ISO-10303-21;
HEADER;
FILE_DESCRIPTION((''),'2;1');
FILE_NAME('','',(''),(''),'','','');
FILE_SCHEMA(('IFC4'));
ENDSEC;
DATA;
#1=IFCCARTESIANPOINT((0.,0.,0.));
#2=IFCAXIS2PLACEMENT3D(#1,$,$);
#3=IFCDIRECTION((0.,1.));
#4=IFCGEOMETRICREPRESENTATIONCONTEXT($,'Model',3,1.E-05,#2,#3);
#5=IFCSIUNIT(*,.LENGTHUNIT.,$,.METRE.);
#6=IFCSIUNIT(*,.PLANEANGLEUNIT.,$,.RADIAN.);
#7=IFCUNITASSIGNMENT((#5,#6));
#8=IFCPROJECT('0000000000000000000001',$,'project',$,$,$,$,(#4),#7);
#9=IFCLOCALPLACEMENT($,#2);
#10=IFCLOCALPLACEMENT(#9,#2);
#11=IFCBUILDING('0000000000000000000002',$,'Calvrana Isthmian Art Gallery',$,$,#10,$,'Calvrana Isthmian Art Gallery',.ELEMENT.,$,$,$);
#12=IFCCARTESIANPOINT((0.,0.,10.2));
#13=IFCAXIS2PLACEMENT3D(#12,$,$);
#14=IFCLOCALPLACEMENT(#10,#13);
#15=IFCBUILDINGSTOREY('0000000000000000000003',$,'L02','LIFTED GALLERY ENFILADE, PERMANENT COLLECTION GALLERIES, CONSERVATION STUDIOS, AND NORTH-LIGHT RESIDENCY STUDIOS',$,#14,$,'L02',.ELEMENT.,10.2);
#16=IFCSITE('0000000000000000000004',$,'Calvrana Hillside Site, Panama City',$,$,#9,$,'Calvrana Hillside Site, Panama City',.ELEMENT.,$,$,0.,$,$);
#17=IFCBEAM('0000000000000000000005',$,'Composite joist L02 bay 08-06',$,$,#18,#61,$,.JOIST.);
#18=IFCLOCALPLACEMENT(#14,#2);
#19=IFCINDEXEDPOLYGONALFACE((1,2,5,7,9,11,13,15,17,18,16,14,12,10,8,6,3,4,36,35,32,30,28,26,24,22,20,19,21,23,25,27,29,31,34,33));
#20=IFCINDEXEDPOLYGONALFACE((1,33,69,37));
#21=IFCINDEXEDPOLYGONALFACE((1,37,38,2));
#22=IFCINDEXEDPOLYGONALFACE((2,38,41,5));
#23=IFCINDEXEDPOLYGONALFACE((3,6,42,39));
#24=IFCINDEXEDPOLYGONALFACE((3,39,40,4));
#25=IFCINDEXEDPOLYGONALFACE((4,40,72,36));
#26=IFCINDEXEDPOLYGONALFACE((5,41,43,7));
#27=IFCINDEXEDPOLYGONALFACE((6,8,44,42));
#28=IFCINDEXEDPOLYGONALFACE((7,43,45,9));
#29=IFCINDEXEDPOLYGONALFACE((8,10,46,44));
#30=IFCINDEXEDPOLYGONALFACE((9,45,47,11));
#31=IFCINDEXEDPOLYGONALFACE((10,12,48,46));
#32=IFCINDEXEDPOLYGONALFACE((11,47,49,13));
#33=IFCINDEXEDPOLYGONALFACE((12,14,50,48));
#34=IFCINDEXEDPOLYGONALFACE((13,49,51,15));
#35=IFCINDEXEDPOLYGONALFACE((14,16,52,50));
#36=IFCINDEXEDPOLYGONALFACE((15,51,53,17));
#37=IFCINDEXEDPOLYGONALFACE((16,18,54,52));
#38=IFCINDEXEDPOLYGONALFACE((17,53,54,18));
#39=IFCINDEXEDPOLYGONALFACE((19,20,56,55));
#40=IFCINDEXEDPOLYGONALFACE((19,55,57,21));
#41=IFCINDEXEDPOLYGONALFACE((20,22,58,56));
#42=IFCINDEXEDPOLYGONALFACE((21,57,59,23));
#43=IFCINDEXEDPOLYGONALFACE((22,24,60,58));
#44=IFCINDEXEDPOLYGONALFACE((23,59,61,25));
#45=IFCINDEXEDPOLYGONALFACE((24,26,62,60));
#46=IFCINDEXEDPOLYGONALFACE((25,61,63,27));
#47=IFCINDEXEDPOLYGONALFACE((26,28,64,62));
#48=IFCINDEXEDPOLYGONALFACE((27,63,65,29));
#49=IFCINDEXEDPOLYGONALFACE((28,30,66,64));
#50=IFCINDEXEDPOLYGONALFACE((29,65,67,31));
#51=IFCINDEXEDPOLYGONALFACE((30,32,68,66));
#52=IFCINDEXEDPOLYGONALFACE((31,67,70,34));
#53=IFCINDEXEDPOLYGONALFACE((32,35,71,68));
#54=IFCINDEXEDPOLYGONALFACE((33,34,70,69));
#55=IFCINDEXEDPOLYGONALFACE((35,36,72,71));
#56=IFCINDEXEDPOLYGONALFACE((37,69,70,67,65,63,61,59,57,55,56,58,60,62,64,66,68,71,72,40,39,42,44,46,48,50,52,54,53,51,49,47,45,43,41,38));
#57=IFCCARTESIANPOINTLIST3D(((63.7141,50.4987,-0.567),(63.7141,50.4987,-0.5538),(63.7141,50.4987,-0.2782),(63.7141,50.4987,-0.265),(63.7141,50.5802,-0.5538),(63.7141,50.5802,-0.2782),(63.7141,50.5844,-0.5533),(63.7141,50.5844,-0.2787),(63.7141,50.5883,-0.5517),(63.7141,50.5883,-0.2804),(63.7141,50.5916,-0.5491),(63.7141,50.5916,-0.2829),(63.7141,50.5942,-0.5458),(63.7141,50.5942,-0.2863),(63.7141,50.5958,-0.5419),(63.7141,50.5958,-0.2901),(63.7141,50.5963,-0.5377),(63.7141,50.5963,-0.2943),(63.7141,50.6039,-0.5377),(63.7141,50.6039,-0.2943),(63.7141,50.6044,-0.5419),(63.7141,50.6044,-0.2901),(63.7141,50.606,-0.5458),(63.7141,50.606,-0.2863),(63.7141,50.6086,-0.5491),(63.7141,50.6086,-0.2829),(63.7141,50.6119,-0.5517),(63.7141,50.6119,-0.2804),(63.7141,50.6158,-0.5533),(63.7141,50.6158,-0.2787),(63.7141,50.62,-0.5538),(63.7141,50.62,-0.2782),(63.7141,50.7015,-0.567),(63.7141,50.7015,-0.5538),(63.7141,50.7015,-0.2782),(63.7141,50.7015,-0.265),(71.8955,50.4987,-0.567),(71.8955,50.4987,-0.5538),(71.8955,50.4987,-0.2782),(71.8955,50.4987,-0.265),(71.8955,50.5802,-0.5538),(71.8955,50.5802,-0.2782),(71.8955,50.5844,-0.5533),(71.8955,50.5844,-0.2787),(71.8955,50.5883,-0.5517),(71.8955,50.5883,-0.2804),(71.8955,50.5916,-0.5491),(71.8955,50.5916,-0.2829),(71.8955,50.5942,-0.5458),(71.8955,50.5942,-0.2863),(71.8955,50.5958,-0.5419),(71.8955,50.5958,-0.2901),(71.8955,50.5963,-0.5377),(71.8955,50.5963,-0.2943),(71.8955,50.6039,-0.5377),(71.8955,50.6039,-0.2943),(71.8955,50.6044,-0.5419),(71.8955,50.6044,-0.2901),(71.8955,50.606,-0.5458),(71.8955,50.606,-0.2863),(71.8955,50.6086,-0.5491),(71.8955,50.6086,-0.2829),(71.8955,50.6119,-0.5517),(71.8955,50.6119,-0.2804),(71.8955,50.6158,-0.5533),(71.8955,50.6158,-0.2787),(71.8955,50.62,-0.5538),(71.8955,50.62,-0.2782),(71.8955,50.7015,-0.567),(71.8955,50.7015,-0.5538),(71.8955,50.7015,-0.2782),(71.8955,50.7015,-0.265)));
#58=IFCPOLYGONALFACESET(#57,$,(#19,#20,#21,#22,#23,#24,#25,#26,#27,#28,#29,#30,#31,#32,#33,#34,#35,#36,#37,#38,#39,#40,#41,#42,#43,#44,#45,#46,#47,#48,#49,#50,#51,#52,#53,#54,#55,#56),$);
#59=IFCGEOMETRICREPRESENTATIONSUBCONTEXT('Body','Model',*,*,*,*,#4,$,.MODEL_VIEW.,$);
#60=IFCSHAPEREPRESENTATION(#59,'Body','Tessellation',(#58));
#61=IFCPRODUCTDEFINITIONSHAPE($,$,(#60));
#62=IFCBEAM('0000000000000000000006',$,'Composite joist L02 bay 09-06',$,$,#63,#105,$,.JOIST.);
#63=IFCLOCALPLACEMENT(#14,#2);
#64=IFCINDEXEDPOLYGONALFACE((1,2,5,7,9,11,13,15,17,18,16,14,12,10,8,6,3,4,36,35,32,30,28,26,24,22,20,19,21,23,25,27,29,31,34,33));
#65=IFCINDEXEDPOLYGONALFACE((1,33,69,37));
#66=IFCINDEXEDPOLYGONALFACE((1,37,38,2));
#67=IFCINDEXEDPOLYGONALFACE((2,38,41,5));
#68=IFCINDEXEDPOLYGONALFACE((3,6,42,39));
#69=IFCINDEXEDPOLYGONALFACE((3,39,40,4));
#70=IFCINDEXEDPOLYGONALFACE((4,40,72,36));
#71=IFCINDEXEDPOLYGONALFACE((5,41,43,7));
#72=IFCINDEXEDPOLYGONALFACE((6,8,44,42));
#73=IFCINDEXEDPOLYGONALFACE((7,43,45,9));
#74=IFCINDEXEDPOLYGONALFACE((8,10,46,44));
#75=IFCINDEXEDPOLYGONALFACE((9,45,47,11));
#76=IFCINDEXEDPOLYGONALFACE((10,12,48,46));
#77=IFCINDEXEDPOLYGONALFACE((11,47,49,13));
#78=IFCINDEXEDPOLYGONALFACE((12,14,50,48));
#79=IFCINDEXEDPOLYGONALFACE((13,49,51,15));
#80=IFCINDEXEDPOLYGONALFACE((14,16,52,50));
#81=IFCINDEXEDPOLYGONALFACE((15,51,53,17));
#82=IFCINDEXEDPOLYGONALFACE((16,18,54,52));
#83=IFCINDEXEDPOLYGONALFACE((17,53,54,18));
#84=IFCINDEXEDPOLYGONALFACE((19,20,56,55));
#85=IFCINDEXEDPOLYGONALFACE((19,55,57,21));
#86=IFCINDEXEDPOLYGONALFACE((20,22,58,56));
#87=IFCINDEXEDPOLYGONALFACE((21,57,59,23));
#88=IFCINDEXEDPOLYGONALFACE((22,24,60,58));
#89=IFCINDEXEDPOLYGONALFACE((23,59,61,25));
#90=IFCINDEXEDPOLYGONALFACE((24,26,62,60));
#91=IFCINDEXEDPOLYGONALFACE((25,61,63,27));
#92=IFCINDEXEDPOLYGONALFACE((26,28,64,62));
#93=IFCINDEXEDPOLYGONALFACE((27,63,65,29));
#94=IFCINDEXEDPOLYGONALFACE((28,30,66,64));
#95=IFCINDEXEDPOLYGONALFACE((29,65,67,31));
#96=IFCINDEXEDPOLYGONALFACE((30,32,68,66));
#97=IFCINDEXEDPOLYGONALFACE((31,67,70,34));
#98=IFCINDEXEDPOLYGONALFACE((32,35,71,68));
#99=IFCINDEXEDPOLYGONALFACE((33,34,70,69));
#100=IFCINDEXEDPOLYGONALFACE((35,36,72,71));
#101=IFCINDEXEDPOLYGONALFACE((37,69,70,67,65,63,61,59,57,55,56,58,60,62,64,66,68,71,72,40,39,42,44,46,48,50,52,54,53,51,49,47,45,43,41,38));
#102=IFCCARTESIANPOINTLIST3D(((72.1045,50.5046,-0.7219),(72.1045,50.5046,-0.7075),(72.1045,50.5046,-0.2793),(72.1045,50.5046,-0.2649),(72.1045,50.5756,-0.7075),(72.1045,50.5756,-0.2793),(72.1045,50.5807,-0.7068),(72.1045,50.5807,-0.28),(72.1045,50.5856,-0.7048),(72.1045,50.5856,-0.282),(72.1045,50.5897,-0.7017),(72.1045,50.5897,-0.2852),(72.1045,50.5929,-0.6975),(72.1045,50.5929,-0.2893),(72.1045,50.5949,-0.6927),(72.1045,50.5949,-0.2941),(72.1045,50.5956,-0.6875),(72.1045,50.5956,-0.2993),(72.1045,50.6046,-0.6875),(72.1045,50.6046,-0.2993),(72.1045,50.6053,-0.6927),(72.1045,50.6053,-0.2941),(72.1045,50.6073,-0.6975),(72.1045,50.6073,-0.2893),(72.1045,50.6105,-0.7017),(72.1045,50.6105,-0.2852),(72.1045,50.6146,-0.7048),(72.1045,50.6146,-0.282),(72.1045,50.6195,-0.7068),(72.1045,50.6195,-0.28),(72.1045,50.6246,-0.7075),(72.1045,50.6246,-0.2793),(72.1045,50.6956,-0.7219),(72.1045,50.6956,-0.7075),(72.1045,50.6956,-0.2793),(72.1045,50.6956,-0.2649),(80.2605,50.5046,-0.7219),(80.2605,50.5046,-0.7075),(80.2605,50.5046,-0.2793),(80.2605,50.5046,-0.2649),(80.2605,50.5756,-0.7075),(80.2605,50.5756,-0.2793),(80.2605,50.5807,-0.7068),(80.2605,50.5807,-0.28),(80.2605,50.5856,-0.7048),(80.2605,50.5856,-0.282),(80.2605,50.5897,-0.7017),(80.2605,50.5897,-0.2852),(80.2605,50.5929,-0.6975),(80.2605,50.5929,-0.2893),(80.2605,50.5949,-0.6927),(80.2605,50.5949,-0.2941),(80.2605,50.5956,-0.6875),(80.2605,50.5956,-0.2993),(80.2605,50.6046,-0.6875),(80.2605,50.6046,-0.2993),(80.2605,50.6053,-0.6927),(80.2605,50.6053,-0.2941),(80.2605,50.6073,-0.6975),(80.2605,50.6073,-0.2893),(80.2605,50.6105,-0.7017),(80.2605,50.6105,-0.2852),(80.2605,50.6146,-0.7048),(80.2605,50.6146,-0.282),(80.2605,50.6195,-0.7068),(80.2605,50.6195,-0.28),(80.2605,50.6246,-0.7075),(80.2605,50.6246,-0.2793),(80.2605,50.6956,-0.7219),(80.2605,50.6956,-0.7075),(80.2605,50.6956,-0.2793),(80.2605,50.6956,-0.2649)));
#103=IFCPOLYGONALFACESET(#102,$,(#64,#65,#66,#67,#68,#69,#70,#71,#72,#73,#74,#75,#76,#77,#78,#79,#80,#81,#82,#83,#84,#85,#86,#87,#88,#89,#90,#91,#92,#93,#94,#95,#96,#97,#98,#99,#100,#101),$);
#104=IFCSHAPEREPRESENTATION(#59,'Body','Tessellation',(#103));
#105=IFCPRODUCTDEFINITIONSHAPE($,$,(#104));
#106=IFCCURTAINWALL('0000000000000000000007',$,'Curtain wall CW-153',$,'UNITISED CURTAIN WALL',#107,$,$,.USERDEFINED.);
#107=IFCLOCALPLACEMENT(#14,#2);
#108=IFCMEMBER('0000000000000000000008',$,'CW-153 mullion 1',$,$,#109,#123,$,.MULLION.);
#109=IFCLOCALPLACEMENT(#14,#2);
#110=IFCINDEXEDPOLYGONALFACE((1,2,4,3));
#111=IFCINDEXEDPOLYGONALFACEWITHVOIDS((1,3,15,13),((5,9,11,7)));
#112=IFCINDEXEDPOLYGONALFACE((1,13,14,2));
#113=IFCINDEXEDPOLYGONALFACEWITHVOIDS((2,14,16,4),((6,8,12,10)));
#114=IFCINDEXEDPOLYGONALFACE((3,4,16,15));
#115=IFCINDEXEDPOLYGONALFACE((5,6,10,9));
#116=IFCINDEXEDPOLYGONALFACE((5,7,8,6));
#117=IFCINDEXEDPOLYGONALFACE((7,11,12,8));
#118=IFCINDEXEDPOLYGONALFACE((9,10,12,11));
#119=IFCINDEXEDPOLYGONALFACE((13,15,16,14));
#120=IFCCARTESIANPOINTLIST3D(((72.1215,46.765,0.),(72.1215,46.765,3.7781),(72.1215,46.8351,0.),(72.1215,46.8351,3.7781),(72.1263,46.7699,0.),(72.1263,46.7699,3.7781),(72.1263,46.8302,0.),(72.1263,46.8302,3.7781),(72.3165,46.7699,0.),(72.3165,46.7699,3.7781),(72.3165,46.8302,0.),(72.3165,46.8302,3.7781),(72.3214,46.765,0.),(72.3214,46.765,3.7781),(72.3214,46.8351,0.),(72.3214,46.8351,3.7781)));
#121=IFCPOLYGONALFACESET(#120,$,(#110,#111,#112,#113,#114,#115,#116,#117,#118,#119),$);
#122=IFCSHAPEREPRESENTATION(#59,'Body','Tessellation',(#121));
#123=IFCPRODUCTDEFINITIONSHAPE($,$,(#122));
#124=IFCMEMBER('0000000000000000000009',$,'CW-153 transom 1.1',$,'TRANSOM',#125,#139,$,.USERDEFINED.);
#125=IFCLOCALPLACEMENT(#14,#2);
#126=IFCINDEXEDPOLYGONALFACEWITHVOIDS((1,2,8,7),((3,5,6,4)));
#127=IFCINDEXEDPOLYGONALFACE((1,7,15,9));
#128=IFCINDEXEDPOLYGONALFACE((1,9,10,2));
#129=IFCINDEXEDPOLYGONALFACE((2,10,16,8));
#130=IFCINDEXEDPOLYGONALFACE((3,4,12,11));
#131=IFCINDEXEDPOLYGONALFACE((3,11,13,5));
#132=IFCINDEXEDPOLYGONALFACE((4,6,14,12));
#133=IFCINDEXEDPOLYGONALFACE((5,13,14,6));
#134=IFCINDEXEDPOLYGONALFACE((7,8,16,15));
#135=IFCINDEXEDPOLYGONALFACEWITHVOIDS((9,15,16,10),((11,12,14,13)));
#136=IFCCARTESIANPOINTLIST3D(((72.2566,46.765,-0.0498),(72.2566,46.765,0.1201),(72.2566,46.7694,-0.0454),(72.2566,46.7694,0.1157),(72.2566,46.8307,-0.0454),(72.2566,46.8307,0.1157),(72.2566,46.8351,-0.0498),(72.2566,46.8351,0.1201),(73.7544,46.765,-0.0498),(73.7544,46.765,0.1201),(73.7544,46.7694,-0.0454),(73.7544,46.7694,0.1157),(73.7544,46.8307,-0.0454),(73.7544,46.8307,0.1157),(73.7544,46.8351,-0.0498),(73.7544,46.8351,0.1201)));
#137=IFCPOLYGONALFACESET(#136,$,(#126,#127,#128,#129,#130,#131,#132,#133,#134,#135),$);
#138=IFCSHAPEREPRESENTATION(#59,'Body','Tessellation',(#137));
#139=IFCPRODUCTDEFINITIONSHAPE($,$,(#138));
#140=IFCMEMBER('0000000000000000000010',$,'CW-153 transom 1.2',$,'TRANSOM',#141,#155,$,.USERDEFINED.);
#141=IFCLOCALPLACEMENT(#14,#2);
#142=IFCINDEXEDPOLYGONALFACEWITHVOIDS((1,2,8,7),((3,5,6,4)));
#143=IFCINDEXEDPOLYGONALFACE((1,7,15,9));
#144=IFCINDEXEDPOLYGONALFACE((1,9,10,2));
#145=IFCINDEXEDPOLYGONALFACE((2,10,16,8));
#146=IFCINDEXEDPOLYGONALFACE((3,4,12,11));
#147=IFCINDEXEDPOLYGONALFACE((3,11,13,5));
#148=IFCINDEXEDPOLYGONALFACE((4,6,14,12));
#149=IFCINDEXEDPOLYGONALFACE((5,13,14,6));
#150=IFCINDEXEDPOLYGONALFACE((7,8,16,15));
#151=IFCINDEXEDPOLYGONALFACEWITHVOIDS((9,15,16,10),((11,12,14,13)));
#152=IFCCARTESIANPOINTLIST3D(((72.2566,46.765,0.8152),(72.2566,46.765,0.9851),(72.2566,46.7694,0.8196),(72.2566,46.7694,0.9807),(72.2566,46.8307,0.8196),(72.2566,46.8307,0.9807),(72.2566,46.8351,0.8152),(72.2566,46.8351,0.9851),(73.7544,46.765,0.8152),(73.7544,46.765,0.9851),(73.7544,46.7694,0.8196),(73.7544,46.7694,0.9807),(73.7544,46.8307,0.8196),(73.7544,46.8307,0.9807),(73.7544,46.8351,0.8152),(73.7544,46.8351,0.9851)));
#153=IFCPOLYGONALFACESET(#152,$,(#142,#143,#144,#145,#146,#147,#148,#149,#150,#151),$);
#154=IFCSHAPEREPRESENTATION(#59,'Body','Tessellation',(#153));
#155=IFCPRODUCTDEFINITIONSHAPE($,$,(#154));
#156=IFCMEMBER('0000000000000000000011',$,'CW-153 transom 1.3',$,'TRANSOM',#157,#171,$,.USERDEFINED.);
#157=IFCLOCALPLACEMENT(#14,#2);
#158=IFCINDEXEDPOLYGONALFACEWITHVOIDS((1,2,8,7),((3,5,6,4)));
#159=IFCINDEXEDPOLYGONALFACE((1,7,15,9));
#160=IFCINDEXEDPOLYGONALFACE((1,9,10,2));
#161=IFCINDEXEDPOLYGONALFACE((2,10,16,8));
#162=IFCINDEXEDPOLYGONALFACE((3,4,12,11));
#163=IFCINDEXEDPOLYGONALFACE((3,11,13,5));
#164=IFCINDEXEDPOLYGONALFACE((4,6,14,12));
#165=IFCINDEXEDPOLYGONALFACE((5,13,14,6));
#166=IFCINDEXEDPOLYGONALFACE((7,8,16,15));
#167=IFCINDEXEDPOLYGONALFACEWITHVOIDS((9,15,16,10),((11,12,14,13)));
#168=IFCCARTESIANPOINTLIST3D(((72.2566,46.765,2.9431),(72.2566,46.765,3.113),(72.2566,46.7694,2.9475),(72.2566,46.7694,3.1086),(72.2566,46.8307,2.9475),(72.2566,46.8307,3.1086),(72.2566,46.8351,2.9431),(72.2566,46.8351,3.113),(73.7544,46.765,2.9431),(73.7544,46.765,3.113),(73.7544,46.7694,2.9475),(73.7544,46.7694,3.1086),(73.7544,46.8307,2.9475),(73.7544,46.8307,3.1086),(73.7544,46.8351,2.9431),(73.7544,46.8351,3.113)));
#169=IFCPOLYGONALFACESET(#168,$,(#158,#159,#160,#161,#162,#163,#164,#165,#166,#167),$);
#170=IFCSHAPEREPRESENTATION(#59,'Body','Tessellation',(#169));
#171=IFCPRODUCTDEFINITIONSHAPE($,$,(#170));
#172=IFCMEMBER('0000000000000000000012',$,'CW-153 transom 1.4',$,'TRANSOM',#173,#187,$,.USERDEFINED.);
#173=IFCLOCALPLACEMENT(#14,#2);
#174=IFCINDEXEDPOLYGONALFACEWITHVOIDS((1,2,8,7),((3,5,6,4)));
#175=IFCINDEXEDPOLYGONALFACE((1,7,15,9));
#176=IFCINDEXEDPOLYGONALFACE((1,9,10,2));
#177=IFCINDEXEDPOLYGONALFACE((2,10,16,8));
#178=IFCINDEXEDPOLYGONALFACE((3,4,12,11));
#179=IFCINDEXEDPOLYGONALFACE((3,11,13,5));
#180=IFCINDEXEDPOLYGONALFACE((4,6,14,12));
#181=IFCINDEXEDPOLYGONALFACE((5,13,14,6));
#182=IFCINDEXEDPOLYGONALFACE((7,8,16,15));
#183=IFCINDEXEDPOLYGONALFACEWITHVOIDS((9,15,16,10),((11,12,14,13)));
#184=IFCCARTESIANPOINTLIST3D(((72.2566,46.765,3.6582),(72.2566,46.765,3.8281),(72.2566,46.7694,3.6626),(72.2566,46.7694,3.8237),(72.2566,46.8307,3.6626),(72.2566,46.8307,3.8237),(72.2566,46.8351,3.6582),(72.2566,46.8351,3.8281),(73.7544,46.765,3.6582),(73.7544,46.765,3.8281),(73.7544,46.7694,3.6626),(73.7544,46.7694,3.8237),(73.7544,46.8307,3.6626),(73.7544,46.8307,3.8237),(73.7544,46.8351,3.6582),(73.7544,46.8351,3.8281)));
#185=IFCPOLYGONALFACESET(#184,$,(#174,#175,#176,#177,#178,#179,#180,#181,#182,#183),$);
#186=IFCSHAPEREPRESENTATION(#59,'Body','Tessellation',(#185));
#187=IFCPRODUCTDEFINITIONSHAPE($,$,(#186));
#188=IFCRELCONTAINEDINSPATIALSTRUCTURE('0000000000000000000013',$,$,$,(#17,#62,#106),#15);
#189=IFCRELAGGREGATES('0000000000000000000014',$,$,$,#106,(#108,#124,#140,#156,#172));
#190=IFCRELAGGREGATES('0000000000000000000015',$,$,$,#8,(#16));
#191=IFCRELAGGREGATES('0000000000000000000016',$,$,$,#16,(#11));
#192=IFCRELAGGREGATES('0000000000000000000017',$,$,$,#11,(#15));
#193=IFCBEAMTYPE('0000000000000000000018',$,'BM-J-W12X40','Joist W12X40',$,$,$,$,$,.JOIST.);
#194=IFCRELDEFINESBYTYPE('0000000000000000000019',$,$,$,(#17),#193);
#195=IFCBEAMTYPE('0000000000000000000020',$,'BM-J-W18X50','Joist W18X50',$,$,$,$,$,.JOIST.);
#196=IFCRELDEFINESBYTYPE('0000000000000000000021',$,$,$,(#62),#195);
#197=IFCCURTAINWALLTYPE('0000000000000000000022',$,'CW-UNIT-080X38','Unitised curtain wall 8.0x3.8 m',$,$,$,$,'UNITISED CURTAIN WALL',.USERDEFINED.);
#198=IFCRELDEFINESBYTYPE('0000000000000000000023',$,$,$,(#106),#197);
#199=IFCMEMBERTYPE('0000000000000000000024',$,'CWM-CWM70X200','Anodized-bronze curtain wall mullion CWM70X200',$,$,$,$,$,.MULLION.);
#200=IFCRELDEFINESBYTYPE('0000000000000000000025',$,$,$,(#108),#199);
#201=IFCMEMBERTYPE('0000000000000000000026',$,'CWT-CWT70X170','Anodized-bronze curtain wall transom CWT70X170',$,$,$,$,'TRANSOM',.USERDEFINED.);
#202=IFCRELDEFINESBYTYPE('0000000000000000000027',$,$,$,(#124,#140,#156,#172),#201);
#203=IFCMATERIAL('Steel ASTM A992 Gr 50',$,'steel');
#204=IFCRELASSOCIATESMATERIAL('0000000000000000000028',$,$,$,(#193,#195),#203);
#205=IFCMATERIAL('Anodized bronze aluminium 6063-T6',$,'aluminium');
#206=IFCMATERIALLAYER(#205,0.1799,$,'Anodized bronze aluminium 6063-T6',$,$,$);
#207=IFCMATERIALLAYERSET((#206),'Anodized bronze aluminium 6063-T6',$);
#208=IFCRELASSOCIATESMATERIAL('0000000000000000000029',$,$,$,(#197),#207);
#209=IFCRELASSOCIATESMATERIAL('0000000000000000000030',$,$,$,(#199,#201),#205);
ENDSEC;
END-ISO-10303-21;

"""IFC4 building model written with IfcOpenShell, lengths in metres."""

from ifc_helpers import new_model, si_unit, direction, frame, origin, origin_2d, place, context, subcontext, project, spatial, hollow_rectangle, i_section, extrude, material, layer, layer_set, material_profile, profile_set, type_object, element, aggregate, save


model = new_model("IFC4")

# Units and contexts
model_context = context("Model", 3, precision=1e-05, world=origin(), true_north=direction((0.0, 1.0)))
body_context = subcontext(model_context, "Body", "Model", "MODEL_VIEW")
ifc_project = project(units=[si_unit("LENGTHUNIT", "METRE"), si_unit("PLANEANGLEUNIT", "RADIAN")], contexts=[model_context])

# Site, building, storey
site_placement = place(None, origin())
site = spatial("IfcSite", under=ifc_project, at=site_placement, Name="Calvrana Hillside Site, Panama City", LongName="Calvrana Hillside Site, Panama City", CompositionType="ELEMENT", RefElevation=0.0)
building_placement = place(site_placement, origin())
building = spatial("IfcBuilding", under=site, at=building_placement, Name="Calvrana Isthmian Art Gallery", LongName="Calvrana Isthmian Art Gallery", CompositionType="ELEMENT")
storey_placement = place(building_placement, frame((0.0, 0.0, 10.2)))
storey = spatial("IfcBuildingStorey", under=building, at=storey_placement, Name="L02", Description="LIFTED GALLERY ENFILADE, PERMANENT COLLECTION GALLERIES, CONSERVATION STUDIOS, AND NORTH-LIGHT RESIDENCY STUDIOS", LongName="L02", CompositionType="ELEMENT", Elevation=10.2)

# Shared definitions
ifc_material_1 = material(Name="Steel ASTM A992 Gr 50", Category="steel")

# Beams
ifc_material_profile_1 = material_profile(ifc_material_1, i_section(OverallWidth=0.2029, OverallDepth=0.302, WebThickness=0.0076, FlangeThickness=0.0132, FilletRadius=0.0161, at=origin_2d()), Name="W12X40")
ifc_profile_set_1 = profile_set([ifc_material_profile_1], Name="Steel ASTM A992 Gr 50")
beam_type_1 = type_object("IfcBeamType", Name="BM-J-W12X40", Description="Joist W12X40", PredefinedType="JOIST", material=ifc_profile_set_1)
beam_1_placement = place(storey_placement, frame((63.7141, 50.6001, -0.416), z_axis=(1.0, 0.0, 0.0), x_axis=(0.0, 1.0, 0.0)))
element("IfcBeam", 1, at=beam_1_placement, inside=storey, type_object=beam_type_1, Name="Composite joist L02 bay 08-06", PredefinedType="JOIST", context=body_context, shape_type="SweptSolid", body=[
    extrude(i_section(OverallWidth=0.2029, OverallDepth=0.302, WebThickness=0.0076, FlangeThickness=0.0132, FilletRadius=0.0161, at=origin_2d()), origin(), (0.0, 0.0, 1.0), 8.1814),
])
ifc_material_profile_2 = material_profile(ifc_material_1, i_section(OverallWidth=0.1909, OverallDepth=0.457, WebThickness=0.009, FlangeThickness=0.0144, FilletRadius=0.02, at=origin_2d()), Name="W18X50")
ifc_profile_set_2 = profile_set([ifc_material_profile_2], Name="Steel ASTM A992 Gr 50")
beam_type_2 = type_object("IfcBeamType", Name="BM-J-W18X50", Description="Joist W18X50", PredefinedType="JOIST", material=ifc_profile_set_2)
beam_2_placement = place(storey_placement, frame((72.1045, 50.6001, -0.4934), z_axis=(1.0, 0.0, 0.0), x_axis=(0.0, 1.0, 0.0)))
element("IfcBeam", 2, at=beam_2_placement, inside=storey, type_object=beam_type_2, Name="Composite joist L02 bay 09-06", PredefinedType="JOIST", context=body_context, shape_type="SweptSolid", body=[
    extrude(i_section(OverallWidth=0.1909, OverallDepth=0.457, WebThickness=0.009, FlangeThickness=0.0144, FilletRadius=0.02, at=origin_2d()), origin(), (0.0, 0.0, 1.0), 8.156),
])

# Curtain wall, members
ifc_material_2 = material(Name="Anodized bronze aluminium 6063-T6", Category="aluminium")
ifc_layer_1 = layer(ifc_material_2, 0.1799, Name="Anodized bronze aluminium 6063-T6")
ifc_layer_set_1 = layer_set([ifc_layer_1], Name="Anodized bronze aluminium 6063-T6")
curtain_wall_type_1 = type_object("IfcCurtainWallType", Name="CW-UNIT-080X38", Description="Unitised curtain wall 8.0x3.8 m", ElementType="UNITISED CURTAIN WALL", PredefinedType="USERDEFINED", material=ifc_layer_set_1)
curtain_wall_1_placement = place(storey_placement, origin())
curtain_wall_1 = element("IfcCurtainWall", 3, at=curtain_wall_1_placement, inside=storey, type_object=curtain_wall_type_1, Name="Curtain wall CW-153", ObjectType="UNITISED CURTAIN WALL", PredefinedType="USERDEFINED")
ifc_material_profile_3 = material_profile(ifc_material_2, hollow_rectangle(XDim=0.0701, YDim=0.2, WallThickness=0.0049, at=origin_2d()), Name="CWM70X200")
ifc_profile_set_3 = profile_set([ifc_material_profile_3], Name="Anodized bronze aluminium 6063-T6")
member_type_1 = type_object("IfcMemberType", Name="CWM-CWM70X200", Description="Anodized-bronze curtain wall mullion CWM70X200", PredefinedType="MULLION", material=ifc_profile_set_3)
member_1_placement = place(storey_placement, frame((72.2214, 46.8, 0.0), z_axis=(0.0, 0.0, 1.0), x_axis=(0.0, 1.0, 0.0)))
member_1 = element("IfcMember", 4, at=member_1_placement, type_object=member_type_1, Name="CW-153 mullion 1", PredefinedType="MULLION", context=body_context, shape_type="SweptSolid", body=[
    extrude(hollow_rectangle(XDim=0.0701, YDim=0.2, WallThickness=0.0049, at=origin_2d()), origin(), (0.0, 0.0, 1.0), 3.7781),
])
ifc_material_profile_4 = material_profile(ifc_material_2, hollow_rectangle(XDim=0.0701, YDim=0.1699, WallThickness=0.0044, at=origin_2d()), Name="CWT70X170")
ifc_profile_set_4 = profile_set([ifc_material_profile_4], Name="Anodized bronze aluminium 6063-T6")
member_type_2 = type_object("IfcMemberType", Name="CWT-CWT70X170", Description="Anodized-bronze curtain wall transom CWT70X170", ElementType="TRANSOM", PredefinedType="USERDEFINED", material=ifc_profile_set_4)
member_2_placement = place(storey_placement, frame((72.2566, 46.8, 0.0352), z_axis=(1.0, 0.0, 0.0), x_axis=(0.0, 1.0, 0.0)))
member_2 = element("IfcMember", 5, at=member_2_placement, type_object=member_type_2, Name="CW-153 transom 1.1", ObjectType="TRANSOM", PredefinedType="USERDEFINED", context=body_context, shape_type="SweptSolid", body=[
    extrude(hollow_rectangle(XDim=0.0701, YDim=0.1699, WallThickness=0.0044, at=origin_2d()), origin(), (0.0, 0.0, 1.0), 1.4978),
])
member_3_placement = place(storey_placement, frame((72.2566, 46.8, 0.9001), z_axis=(1.0, 0.0, 0.0), x_axis=(0.0, 1.0, 0.0)))
member_3 = element("IfcMember", 6, at=member_3_placement, type_object=member_type_2, Name="CW-153 transom 1.2", ObjectType="TRANSOM", PredefinedType="USERDEFINED", context=body_context, shape_type="SweptSolid", body=[
    extrude(hollow_rectangle(XDim=0.0701, YDim=0.1699, WallThickness=0.0044, at=origin_2d()), origin(), (0.0, 0.0, 1.0), 1.4978),
])
member_4_placement = place(storey_placement, frame((72.2566, 46.8, 3.0281), z_axis=(1.0, 0.0, 0.0), x_axis=(0.0, 1.0, 0.0)))
member_4 = element("IfcMember", 7, at=member_4_placement, type_object=member_type_2, Name="CW-153 transom 1.3", ObjectType="TRANSOM", PredefinedType="USERDEFINED", context=body_context, shape_type="SweptSolid", body=[
    extrude(hollow_rectangle(XDim=0.0701, YDim=0.1699, WallThickness=0.0044, at=origin_2d()), origin(), (0.0, 0.0, 1.0), 1.4978),
])
member_5_placement = place(storey_placement, frame((72.2566, 46.8, 3.7432), z_axis=(1.0, 0.0, 0.0), x_axis=(0.0, 1.0, 0.0)))
member_5 = element("IfcMember", 8, at=member_5_placement, type_object=member_type_2, Name="CW-153 transom 1.4", ObjectType="TRANSOM", PredefinedType="USERDEFINED", context=body_context, shape_type="SweptSolid", body=[
    extrude(hollow_rectangle(XDim=0.0701, YDim=0.1699, WallThickness=0.0044, at=origin_2d()), origin(), (0.0, 0.0, 1.0), 1.4978),
])

aggregate(curtain_wall_1, [member_1, member_2, member_3, member_4, member_5])

save(model, "model.ifc")
